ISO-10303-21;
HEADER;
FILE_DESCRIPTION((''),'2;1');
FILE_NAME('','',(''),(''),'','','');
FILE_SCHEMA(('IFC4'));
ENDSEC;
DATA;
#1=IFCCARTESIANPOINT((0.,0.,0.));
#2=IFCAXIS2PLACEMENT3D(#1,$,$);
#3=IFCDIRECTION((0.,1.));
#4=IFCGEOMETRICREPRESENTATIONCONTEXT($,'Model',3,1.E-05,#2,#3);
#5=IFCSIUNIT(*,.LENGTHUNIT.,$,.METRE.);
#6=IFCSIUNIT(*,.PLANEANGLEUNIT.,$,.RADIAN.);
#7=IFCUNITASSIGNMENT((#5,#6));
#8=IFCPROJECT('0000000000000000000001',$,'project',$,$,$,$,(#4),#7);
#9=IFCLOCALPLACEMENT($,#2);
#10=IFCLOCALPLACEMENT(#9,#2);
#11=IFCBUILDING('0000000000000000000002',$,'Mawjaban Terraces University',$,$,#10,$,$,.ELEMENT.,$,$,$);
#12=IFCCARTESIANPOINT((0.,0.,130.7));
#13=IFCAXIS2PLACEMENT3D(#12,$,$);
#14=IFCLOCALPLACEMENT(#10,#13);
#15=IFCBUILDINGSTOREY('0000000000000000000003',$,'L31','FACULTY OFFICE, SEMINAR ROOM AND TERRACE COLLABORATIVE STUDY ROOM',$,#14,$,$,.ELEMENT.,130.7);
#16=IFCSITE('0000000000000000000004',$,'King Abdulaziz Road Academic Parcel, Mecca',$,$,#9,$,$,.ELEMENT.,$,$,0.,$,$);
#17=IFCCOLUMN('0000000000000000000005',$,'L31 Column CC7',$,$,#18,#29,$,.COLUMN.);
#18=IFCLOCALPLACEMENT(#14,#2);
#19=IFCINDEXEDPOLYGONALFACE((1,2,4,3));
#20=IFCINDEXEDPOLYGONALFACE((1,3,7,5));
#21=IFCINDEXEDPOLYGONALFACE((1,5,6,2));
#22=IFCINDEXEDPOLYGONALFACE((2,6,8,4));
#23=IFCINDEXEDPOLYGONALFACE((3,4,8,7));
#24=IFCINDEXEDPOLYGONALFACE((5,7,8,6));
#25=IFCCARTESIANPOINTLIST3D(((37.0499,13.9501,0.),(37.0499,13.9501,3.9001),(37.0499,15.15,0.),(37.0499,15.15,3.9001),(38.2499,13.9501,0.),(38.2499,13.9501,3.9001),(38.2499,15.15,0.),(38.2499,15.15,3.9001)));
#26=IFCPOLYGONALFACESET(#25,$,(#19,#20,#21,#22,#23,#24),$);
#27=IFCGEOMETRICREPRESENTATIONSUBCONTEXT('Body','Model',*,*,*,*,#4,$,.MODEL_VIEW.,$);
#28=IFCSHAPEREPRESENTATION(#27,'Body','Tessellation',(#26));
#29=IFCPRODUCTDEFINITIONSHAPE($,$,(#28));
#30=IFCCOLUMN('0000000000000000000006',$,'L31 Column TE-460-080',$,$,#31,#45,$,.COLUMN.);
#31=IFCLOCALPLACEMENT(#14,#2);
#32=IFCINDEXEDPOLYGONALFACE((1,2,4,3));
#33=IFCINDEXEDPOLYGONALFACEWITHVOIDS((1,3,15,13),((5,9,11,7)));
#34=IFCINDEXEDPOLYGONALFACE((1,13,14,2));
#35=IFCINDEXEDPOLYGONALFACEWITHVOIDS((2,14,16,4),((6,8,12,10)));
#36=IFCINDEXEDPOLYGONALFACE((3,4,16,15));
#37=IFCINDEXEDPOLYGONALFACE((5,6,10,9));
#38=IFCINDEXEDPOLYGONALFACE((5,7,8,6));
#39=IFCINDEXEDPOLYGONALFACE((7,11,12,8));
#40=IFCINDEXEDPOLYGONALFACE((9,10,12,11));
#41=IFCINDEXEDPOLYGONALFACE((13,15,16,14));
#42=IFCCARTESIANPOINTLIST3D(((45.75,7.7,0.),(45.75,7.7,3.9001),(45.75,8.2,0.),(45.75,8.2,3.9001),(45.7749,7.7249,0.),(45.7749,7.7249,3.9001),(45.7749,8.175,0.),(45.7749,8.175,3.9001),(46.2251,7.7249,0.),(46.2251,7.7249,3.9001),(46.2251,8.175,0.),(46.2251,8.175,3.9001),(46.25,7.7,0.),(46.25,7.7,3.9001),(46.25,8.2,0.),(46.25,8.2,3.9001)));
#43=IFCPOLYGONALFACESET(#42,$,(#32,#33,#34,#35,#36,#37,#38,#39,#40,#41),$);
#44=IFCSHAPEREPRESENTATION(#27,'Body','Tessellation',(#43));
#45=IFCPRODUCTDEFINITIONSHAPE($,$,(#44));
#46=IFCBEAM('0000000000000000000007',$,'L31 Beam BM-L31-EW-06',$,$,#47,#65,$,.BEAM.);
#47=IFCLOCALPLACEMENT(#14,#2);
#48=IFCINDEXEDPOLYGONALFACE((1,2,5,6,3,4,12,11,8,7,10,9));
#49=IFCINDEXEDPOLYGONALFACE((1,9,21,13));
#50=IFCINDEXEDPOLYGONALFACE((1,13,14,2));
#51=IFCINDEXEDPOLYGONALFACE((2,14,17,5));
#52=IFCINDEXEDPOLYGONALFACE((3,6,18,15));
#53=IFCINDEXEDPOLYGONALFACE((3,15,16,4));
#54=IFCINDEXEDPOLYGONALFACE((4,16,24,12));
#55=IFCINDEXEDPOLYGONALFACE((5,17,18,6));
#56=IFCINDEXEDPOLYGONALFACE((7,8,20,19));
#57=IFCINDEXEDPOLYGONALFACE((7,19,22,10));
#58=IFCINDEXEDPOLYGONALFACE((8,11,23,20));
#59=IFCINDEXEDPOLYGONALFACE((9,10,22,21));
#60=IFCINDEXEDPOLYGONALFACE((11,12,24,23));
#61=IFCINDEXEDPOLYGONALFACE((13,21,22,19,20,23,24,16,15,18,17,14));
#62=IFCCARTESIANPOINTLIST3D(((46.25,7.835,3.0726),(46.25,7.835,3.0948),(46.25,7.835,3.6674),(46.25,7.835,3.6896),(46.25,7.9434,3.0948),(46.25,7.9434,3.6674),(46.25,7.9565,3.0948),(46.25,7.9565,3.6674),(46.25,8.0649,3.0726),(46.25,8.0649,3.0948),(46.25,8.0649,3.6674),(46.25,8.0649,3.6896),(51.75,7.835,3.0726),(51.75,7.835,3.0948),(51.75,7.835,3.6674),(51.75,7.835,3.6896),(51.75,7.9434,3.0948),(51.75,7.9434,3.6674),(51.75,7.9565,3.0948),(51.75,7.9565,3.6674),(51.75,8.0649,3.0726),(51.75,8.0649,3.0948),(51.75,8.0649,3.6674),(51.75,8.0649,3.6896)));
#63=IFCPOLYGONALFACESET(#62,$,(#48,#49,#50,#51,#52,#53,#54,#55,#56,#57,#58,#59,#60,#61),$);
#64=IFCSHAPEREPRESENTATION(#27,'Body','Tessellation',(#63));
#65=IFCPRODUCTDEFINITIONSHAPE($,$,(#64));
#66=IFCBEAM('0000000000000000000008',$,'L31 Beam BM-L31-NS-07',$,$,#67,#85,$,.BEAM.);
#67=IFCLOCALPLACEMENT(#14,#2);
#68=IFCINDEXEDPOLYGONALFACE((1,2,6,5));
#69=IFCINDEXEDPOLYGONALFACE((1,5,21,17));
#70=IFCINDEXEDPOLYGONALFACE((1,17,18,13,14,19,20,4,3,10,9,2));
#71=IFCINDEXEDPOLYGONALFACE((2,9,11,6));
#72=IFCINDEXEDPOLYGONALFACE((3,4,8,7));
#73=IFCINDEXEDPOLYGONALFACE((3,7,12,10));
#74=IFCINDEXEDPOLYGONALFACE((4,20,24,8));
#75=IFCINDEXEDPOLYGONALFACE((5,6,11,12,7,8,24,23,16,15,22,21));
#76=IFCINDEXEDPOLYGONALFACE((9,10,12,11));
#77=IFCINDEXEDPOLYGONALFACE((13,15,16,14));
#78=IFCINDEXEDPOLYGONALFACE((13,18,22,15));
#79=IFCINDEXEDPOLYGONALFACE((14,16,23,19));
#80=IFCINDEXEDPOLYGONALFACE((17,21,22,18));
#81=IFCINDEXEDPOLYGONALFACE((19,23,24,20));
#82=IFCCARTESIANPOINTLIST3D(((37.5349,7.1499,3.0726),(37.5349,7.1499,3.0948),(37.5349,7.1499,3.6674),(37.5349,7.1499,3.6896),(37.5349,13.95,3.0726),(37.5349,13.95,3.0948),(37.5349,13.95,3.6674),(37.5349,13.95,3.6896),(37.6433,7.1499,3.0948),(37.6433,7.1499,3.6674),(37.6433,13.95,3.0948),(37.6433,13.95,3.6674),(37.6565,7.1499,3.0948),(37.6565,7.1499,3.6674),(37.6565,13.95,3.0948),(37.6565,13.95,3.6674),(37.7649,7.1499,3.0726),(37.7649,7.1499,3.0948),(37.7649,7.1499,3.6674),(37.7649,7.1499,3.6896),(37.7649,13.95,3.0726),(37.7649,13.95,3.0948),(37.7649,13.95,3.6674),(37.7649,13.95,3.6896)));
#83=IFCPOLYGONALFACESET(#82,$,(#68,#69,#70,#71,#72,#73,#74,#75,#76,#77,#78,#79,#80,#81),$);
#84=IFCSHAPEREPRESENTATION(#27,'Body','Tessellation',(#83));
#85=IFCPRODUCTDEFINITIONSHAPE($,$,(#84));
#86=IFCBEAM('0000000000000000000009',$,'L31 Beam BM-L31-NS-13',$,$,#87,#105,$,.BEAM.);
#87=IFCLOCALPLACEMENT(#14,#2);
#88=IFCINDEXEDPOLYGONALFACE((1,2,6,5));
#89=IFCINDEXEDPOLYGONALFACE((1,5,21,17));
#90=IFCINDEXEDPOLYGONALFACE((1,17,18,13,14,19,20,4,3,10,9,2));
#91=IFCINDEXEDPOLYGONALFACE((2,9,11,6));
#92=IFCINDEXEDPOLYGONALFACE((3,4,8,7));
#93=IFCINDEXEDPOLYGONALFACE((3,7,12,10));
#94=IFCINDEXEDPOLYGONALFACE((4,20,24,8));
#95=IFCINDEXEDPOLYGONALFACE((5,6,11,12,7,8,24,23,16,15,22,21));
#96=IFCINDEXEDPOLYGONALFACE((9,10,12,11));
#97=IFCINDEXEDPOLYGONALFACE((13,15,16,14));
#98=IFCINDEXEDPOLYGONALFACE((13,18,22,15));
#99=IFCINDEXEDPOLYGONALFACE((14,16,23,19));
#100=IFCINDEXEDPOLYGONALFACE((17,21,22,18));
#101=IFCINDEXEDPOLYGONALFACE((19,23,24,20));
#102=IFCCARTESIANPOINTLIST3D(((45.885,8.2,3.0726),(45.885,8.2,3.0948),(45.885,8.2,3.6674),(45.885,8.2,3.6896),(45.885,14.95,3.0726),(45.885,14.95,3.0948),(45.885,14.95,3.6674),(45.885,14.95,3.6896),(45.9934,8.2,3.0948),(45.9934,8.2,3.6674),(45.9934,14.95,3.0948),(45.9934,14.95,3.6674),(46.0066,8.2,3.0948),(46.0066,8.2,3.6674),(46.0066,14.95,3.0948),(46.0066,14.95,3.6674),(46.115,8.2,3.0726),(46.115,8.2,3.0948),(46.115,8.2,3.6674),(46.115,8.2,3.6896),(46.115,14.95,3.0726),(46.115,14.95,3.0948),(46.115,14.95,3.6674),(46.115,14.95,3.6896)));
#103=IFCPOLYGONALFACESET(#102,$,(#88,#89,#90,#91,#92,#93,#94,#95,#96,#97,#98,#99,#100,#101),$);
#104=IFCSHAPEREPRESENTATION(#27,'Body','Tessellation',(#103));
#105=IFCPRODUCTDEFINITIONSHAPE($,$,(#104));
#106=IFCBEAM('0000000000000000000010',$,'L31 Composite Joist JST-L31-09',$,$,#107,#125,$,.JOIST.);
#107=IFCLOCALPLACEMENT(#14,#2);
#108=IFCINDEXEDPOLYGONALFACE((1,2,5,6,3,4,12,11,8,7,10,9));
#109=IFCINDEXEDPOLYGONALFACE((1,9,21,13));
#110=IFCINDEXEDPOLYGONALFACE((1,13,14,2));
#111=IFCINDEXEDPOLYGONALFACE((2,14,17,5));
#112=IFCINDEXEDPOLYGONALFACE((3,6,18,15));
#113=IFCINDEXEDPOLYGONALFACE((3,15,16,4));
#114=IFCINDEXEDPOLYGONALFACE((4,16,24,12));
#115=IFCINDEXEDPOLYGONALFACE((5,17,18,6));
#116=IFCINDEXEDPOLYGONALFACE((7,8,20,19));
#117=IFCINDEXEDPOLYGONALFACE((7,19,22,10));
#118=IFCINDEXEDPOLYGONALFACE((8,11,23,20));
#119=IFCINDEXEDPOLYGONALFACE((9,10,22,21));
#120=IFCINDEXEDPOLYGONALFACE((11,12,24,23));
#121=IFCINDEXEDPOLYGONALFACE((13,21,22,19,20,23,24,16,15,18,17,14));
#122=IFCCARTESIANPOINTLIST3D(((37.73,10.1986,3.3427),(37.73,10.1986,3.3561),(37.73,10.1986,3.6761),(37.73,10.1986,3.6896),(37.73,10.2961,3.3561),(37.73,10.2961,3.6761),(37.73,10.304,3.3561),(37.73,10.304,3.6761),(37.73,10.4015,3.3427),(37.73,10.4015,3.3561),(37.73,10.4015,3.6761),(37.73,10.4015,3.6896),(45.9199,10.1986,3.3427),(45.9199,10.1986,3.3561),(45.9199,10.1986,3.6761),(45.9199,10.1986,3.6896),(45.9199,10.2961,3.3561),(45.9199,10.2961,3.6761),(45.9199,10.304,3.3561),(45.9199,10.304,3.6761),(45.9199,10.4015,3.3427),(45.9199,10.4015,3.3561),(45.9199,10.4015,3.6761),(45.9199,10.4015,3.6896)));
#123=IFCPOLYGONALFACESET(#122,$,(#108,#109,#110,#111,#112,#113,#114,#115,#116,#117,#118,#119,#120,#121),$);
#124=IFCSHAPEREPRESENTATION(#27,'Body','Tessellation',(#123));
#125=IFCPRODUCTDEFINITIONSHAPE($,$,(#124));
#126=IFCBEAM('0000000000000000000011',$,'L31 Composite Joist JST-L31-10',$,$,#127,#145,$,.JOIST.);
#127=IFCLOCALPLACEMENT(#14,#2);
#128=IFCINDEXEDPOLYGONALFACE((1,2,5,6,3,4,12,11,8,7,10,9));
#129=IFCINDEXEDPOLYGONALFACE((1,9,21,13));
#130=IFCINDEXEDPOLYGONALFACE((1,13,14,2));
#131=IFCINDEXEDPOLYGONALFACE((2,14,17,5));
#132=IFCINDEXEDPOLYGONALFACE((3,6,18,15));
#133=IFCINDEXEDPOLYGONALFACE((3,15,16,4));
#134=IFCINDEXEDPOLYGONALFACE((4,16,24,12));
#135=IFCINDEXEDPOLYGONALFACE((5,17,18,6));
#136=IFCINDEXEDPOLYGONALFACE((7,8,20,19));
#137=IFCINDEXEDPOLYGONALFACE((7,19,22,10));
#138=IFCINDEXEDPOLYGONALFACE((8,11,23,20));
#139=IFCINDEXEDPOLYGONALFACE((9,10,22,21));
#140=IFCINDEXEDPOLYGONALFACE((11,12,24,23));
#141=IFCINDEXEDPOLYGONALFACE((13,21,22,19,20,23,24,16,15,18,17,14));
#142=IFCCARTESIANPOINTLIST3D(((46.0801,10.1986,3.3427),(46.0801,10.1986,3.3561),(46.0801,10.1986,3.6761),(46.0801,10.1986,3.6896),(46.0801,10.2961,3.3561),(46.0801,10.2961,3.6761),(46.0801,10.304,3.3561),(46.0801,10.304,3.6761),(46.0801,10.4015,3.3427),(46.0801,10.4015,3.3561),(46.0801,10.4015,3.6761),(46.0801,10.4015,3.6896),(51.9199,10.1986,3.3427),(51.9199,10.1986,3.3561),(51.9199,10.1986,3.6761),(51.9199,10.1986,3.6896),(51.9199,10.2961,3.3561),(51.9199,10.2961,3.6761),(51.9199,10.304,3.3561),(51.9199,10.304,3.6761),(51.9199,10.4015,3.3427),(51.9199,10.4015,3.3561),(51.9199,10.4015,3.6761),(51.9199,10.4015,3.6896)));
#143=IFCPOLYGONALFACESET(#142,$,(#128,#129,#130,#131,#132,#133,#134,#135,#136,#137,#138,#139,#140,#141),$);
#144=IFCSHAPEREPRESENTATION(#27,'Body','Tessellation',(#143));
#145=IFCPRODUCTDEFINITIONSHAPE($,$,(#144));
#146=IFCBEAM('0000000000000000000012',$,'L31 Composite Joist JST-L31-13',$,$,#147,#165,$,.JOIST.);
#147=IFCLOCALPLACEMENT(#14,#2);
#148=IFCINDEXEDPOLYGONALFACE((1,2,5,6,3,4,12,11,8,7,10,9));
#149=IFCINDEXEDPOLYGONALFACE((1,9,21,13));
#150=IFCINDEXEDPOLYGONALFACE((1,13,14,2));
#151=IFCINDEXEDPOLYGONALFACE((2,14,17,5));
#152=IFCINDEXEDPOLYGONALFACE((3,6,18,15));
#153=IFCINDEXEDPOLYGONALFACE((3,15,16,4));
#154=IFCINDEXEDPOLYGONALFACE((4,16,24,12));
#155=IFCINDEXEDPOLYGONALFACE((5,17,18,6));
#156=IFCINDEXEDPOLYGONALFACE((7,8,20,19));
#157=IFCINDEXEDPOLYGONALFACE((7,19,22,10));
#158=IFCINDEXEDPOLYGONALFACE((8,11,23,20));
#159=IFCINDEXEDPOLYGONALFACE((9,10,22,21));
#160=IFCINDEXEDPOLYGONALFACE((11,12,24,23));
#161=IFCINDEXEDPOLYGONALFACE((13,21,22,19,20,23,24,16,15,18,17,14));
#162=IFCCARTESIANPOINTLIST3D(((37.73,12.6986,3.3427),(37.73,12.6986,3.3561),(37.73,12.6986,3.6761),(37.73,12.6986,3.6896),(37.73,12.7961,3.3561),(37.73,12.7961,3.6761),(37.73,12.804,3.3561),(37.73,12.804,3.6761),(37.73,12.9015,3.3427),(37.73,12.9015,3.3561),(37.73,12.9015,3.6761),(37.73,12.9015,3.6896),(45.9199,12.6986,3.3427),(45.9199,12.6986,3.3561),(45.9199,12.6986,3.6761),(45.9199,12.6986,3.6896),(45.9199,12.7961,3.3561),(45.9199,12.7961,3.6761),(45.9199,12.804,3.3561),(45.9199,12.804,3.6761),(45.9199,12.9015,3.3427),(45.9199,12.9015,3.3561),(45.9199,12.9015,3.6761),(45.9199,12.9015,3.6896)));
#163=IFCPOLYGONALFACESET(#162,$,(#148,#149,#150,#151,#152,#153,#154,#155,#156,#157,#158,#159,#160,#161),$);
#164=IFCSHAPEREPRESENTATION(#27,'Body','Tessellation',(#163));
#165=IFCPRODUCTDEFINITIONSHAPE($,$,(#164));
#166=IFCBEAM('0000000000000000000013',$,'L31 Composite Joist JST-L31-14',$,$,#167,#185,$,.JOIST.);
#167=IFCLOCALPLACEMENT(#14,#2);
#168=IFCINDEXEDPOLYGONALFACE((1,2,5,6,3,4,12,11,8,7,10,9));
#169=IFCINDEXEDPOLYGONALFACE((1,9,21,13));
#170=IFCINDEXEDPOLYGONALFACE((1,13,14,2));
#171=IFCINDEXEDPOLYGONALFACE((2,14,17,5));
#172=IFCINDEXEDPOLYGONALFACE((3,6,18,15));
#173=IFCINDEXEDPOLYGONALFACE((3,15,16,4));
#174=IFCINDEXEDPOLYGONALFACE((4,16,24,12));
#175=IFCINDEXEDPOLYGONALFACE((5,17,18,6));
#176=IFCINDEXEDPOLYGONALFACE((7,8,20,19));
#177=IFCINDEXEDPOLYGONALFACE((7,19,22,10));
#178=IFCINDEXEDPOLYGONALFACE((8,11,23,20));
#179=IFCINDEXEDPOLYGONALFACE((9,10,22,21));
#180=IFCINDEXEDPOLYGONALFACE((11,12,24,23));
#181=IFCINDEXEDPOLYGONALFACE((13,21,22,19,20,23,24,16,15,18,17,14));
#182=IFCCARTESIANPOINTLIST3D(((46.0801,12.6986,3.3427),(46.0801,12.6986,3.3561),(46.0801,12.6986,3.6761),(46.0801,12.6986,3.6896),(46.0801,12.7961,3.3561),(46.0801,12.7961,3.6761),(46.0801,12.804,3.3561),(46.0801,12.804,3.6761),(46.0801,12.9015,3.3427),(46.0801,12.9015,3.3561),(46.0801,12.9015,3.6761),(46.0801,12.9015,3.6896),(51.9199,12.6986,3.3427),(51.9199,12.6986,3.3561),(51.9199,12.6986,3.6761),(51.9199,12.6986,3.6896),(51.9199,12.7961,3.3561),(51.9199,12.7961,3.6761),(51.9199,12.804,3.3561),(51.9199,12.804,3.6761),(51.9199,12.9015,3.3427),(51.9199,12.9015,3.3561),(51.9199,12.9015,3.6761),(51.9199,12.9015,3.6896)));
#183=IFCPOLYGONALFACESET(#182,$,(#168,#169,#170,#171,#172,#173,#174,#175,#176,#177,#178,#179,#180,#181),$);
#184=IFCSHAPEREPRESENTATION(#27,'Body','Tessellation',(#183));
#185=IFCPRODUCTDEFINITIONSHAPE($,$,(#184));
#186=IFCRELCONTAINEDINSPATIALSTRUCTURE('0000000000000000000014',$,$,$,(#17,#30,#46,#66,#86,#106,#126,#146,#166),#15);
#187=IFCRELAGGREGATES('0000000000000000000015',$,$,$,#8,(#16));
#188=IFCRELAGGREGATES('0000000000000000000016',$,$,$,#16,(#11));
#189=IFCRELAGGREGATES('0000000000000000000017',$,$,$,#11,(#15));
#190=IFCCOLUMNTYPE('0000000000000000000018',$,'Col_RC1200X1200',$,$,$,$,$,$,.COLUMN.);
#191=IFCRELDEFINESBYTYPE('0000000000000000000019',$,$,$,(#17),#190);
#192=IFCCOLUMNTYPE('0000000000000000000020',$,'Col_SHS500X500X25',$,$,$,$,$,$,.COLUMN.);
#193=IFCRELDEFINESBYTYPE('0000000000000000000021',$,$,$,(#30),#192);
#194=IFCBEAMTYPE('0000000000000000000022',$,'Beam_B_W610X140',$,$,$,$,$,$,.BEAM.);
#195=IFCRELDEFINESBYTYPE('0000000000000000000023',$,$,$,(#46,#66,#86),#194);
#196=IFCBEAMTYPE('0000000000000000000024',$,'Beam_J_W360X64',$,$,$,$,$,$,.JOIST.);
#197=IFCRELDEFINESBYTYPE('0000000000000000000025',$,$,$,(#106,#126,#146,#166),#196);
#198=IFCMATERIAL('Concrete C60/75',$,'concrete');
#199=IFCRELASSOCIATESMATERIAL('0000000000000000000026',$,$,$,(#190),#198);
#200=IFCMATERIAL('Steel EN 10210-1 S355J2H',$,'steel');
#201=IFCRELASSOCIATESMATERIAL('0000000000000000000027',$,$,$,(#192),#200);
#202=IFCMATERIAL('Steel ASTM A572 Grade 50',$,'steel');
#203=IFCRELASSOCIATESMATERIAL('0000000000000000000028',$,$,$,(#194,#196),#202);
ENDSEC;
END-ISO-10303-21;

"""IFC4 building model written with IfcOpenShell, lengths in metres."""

from ifc_helpers import new_model, si_unit, direction, frame, origin, origin_2d, place, context, subcontext, project, spatial, rectangle, hollow_rectangle, i_section, extrude, material, material_profile, profile_set, type_object, element, save


model = new_model("IFC4")

# Units and contexts
model_context = context("Model", 3, precision=1e-05, world=origin(), true_north=direction((0.0, 1.0)))
body_context = subcontext(model_context, "Body", "Model", "MODEL_VIEW")
ifc_project = project(units=[si_unit("LENGTHUNIT", "METRE"), si_unit("PLANEANGLEUNIT", "RADIAN")], contexts=[model_context])

# Site, building, storey
site_placement = place(None, origin())
site = spatial("IfcSite", under=ifc_project, at=site_placement, Name="King Abdulaziz Road Academic Parcel, Mecca", CompositionType="ELEMENT", RefElevation=0.0)
building_placement = place(site_placement, origin())
building = spatial("IfcBuilding", under=site, at=building_placement, Name="Mawjaban Terraces University", CompositionType="ELEMENT")
storey_placement = place(building_placement, frame((0.0, 0.0, 130.7)))
storey = spatial("IfcBuildingStorey", under=building, at=storey_placement, Name="L31", Description="FACULTY OFFICE, SEMINAR ROOM AND TERRACE COLLABORATIVE STUDY ROOM", CompositionType="ELEMENT", Elevation=130.7)

# Columns
ifc_material_1 = material(Name="Concrete C60/75", Category="concrete")
ifc_material_profile_1 = material_profile(ifc_material_1, rectangle(XDim=1.2, YDim=1.2, at=origin_2d()), Name="RC1200X1200")
ifc_profile_set_1 = profile_set([ifc_material_profile_1], Name="Concrete C60/75")
column_type_1 = type_object("IfcColumnType", Name="Col_RC1200X1200", PredefinedType="COLUMN", material=ifc_profile_set_1)
column_1_placement = place(storey_placement, frame((37.6499, 14.55, 0.0), z_axis=(0.0, 0.0, 1.0), x_axis=(1.0, 0.0, 0.0)))
element("IfcColumn", 1, at=column_1_placement, inside=storey, type_object=column_type_1, Name="L31 Column CC7", PredefinedType="COLUMN", context=body_context, shape_type="SweptSolid", body=[
    extrude(rectangle(XDim=1.2, YDim=1.2, at=origin_2d()), origin(), (0.0, 0.0, 1.0), 3.9001),
])
ifc_material_2 = material(Name="Steel EN 10210-1 S355J2H", Category="steel")
ifc_material_profile_2 = material_profile(ifc_material_2, hollow_rectangle(XDim=0.5, YDim=0.5, WallThickness=0.0249, at=origin_2d()), Name="SHS500X500X25")
ifc_profile_set_2 = profile_set([ifc_material_profile_2], Name="Steel EN 10210-1 S355J2H")
column_type_2 = type_object("IfcColumnType", Name="Col_SHS500X500X25", PredefinedType="COLUMN", material=ifc_profile_set_2)
column_2_placement = place(storey_placement, frame((46.0, 7.95, 0.0), z_axis=(0.0, 0.0, 1.0), x_axis=(1.0, 0.0, 0.0)))
element("IfcColumn", 2, at=column_2_placement, inside=storey, type_object=column_type_2, Name="L31 Column TE-460-080", PredefinedType="COLUMN", context=body_context, shape_type="SweptSolid", body=[
    extrude(hollow_rectangle(XDim=0.5, YDim=0.5, WallThickness=0.0249, at=origin_2d()), origin(), (0.0, 0.0, 1.0), 3.9001),
])

# Beams
ifc_material_3 = material(Name="Steel ASTM A572 Grade 50", Category="steel")
ifc_material_profile_3 = material_profile(ifc_material_3, i_section(OverallWidth=0.23, OverallDepth=0.6169, WebThickness=0.0132, FlangeThickness=0.0222, at=origin_2d()), Name="W610X140")
ifc_profile_set_3 = profile_set([ifc_material_profile_3], Name="Steel ASTM A572 Grade 50")
beam_type_1 = type_object("IfcBeamType", Name="Beam_B_W610X140", PredefinedType="BEAM", material=ifc_profile_set_3)
beam_1_placement = place(storey_placement, frame((46.25, 7.95, 3.3811), z_axis=(1.0, 0.0, 0.0), x_axis=(0.0, 1.0, 0.0)))
element("IfcBeam", 3, at=beam_1_placement, inside=storey, type_object=beam_type_1, Name="L31 Beam BM-L31-EW-06", PredefinedType="BEAM", context=body_context, shape_type="SweptSolid", body=[
    extrude(i_section(OverallWidth=0.23, OverallDepth=0.6169, WebThickness=0.0132, FlangeThickness=0.0222, at=origin_2d()), origin(), (0.0, 0.0, 1.0), 5.5),
])
beam_2_placement = place(storey_placement, frame((37.6499, 7.1499, 3.3811), z_axis=(0.0, 1.0, 0.0), x_axis=(-1.0, 0.0, 0.0)))
element("IfcBeam", 4, at=beam_2_placement, inside=storey, type_object=beam_type_1, Name="L31 Beam BM-L31-NS-07", PredefinedType="BEAM", context=body_context, shape_type="SweptSolid", body=[
    extrude(i_section(OverallWidth=0.23, OverallDepth=0.6169, WebThickness=0.0132, FlangeThickness=0.0222, at=origin_2d()), origin(), (0.0, 0.0, 1.0), 6.8),
])
beam_3_placement = place(storey_placement, frame((46.0, 8.2, 3.3811), z_axis=(0.0, 1.0, 0.0), x_axis=(-1.0, 0.0, 0.0)))
element("IfcBeam", 5, at=beam_3_placement, inside=storey, type_object=beam_type_1, Name="L31 Beam BM-L31-NS-13", PredefinedType="BEAM", context=body_context, shape_type="SweptSolid", body=[
    extrude(i_section(OverallWidth=0.23, OverallDepth=0.6169, WebThickness=0.0132, FlangeThickness=0.0222, at=origin_2d()), origin(), (0.0, 0.0, 1.0), 6.75),
])
ifc_material_profile_4 = material_profile(ifc_material_3, i_section(OverallWidth=0.2029, OverallDepth=0.3469, WebThickness=0.0078, FlangeThickness=0.0134, at=origin_2d()), Name="W360X64")
ifc_profile_set_4 = profile_set([ifc_material_profile_4], Name="Steel ASTM A572 Grade 50")
beam_type_2 = type_object("IfcBeamType", Name="Beam_J_W360X64", PredefinedType="JOIST", material=ifc_profile_set_4)
beam_4_placement = place(storey_placement, frame((37.73, 10.3, 3.5161), z_axis=(1.0, 0.0, 0.0), x_axis=(0.0, 1.0, 0.0)))
element("IfcBeam", 6, at=beam_4_placement, inside=storey, type_object=beam_type_2, Name="L31 Composite Joist JST-L31-09", PredefinedType="JOIST", context=body_context, shape_type="SweptSolid", body=[
    extrude(i_section(OverallWidth=0.2029, OverallDepth=0.3469, WebThickness=0.0078, FlangeThickness=0.0134, at=origin_2d()), origin(), (0.0, 0.0, 1.0), 8.1899),
])
beam_5_placement = place(storey_placement, frame((46.0801, 10.3, 3.5161), z_axis=(1.0, 0.0, 0.0), x_axis=(0.0, 1.0, 0.0)))
element("IfcBeam", 7, at=beam_5_placement, inside=storey, type_object=beam_type_2, Name="L31 Composite Joist JST-L31-10", PredefinedType="JOIST", context=body_context, shape_type="SweptSolid", body=[
    extrude(i_section(OverallWidth=0.2029, OverallDepth=0.3469, WebThickness=0.0078, FlangeThickness=0.0134, at=origin_2d()), origin(), (0.0, 0.0, 1.0), 5.8398),
])
beam_6_placement = place(storey_placement, frame((37.73, 12.8, 3.5161), z_axis=(1.0, 0.0, 0.0), x_axis=(0.0, 1.0, 0.0)))
element("IfcBeam", 8, at=beam_6_placement, inside=storey, type_object=beam_type_2, Name="L31 Composite Joist JST-L31-13", PredefinedType="JOIST", context=body_context, shape_type="SweptSolid", body=[
    extrude(i_section(OverallWidth=0.2029, OverallDepth=0.3469, WebThickness=0.0078, FlangeThickness=0.0134, at=origin_2d()), origin(), (0.0, 0.0, 1.0), 8.1899),
])
beam_7_placement = place(storey_placement, frame((46.0801, 12.8, 3.5161), z_axis=(1.0, 0.0, 0.0), x_axis=(0.0, 1.0, 0.0)))
element("IfcBeam", 9, at=beam_7_placement, inside=storey, type_object=beam_type_2, Name="L31 Composite Joist JST-L31-14", PredefinedType="JOIST", context=body_context, shape_type="SweptSolid", body=[
    extrude(i_section(OverallWidth=0.2029, OverallDepth=0.3469, WebThickness=0.0078, FlangeThickness=0.0134, at=origin_2d()), origin(), (0.0, 0.0, 1.0), 5.8398),
])

save(model, "model.ifc")
